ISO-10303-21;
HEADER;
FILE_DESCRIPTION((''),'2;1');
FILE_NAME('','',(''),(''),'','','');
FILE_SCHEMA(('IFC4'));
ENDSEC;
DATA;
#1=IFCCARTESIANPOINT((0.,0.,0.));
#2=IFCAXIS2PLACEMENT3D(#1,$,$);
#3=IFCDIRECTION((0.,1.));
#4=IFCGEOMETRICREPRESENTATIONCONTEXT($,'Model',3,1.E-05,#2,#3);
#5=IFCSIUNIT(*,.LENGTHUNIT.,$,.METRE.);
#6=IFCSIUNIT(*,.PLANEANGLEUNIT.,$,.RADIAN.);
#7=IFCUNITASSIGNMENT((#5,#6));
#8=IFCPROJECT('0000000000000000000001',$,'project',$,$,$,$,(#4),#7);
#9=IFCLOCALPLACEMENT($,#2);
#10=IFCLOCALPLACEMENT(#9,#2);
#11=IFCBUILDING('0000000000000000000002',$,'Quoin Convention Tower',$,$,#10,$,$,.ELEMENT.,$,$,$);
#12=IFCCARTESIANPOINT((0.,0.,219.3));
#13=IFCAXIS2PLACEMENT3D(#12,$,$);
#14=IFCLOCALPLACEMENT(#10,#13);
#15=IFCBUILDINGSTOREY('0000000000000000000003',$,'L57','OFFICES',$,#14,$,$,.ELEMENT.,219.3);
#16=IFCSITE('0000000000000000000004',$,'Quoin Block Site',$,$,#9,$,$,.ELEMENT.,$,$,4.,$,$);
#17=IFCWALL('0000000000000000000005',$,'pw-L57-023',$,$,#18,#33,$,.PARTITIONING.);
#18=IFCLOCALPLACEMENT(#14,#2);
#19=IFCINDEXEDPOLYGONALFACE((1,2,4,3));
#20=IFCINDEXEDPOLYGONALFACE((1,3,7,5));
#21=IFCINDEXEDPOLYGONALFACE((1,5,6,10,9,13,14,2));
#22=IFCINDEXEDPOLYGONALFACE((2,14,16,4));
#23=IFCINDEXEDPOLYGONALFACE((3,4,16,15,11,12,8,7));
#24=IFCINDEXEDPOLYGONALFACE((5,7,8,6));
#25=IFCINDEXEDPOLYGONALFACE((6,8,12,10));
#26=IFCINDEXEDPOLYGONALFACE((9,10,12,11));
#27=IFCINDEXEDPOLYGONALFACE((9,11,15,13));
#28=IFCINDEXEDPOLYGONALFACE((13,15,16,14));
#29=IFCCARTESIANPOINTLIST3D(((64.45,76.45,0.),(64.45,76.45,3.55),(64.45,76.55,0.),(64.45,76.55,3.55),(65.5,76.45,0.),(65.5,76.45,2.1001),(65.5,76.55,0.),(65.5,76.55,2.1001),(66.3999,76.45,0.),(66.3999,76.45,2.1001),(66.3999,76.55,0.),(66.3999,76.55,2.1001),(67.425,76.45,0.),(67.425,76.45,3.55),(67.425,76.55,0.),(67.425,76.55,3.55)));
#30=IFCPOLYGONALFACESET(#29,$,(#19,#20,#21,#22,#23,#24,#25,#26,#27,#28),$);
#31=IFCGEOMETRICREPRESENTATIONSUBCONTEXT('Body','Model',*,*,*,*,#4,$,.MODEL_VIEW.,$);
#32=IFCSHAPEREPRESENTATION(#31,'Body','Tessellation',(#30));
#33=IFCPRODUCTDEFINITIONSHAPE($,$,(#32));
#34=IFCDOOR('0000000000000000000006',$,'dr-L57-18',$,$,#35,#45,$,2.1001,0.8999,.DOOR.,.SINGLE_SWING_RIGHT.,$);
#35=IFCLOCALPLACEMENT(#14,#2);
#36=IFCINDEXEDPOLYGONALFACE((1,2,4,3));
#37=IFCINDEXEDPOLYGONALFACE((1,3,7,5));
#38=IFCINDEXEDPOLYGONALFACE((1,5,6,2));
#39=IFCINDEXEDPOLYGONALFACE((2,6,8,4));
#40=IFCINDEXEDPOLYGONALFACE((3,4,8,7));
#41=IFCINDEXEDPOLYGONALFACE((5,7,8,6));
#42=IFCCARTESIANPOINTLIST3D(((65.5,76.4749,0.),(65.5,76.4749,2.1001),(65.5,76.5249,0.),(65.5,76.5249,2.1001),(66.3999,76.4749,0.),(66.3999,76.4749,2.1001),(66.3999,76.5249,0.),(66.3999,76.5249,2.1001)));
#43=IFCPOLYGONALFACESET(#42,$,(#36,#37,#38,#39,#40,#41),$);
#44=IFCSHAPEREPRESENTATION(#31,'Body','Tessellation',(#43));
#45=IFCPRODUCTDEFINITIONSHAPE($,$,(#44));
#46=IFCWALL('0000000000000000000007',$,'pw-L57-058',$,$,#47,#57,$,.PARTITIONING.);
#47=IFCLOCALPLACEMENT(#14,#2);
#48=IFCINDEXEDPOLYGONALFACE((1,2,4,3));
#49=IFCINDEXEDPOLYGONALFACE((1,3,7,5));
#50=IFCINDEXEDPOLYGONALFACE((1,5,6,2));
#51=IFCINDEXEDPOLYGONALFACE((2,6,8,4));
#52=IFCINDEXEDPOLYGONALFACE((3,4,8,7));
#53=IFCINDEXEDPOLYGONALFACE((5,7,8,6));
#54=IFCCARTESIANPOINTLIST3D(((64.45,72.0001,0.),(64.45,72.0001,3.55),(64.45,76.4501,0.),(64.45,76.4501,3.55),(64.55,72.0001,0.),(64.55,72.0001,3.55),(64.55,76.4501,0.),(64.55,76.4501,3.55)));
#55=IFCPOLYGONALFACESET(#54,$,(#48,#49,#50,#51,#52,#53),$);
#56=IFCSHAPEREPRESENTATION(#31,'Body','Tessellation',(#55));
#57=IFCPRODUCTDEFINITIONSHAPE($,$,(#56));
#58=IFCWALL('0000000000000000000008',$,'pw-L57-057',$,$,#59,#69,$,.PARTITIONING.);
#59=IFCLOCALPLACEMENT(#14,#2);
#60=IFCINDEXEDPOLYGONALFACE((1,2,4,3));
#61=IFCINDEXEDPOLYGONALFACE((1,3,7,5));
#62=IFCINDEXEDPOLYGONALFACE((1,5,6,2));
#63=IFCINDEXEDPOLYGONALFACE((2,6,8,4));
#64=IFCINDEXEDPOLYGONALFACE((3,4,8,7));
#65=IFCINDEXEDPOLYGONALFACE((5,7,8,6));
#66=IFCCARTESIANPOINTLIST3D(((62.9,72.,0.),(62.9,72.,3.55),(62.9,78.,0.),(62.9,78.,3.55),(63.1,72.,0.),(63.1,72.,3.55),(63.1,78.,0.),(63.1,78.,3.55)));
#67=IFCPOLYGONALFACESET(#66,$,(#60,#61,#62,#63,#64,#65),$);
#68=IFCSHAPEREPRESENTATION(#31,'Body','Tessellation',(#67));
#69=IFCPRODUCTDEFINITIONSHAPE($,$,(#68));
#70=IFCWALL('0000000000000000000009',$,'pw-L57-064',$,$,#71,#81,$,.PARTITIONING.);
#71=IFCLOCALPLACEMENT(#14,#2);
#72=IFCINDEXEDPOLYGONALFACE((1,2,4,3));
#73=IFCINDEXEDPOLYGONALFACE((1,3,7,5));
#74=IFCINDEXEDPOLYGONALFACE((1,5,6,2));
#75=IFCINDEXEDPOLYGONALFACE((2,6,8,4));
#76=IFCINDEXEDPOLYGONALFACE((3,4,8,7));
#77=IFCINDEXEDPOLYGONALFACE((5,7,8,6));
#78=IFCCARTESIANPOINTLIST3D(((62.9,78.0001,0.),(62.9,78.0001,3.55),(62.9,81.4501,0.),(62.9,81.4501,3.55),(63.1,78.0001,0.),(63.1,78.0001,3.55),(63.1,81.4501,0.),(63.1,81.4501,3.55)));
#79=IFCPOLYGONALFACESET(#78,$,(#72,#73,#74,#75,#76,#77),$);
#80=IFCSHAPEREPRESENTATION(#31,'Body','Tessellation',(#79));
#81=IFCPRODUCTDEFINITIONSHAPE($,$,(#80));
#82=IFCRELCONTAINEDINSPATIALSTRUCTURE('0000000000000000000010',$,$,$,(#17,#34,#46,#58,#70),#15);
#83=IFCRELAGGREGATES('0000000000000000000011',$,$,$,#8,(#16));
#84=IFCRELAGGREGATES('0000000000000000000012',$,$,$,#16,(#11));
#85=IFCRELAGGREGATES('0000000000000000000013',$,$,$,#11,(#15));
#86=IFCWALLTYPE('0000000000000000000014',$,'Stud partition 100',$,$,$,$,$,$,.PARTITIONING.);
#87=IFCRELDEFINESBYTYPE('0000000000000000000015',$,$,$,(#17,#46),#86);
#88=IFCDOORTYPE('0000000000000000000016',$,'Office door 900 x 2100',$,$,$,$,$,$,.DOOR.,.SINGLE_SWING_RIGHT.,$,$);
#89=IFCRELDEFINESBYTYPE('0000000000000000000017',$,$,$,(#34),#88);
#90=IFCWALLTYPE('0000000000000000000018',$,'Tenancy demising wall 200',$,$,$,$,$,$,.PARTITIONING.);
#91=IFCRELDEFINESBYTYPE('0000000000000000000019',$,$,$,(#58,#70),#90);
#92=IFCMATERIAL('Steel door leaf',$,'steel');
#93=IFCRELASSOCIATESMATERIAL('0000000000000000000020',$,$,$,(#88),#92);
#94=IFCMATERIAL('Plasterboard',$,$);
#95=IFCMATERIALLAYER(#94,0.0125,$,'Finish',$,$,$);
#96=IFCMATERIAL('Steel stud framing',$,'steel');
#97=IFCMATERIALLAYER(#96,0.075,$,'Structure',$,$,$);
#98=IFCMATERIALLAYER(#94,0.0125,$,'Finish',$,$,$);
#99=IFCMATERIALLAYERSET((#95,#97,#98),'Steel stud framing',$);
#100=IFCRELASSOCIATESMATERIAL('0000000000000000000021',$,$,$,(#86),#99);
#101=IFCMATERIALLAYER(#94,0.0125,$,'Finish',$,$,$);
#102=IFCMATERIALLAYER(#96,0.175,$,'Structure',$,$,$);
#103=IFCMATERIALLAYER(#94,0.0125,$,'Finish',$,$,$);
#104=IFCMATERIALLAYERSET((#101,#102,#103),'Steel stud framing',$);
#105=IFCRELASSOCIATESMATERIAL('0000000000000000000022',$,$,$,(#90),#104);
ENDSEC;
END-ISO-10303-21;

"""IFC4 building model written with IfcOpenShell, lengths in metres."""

from ifc_helpers import new_model, si_unit, direction, frame, frame_2d, origin, place, context, subcontext, project, spatial, rectangle, extrude, material, layer, layer_set, type_object, element, fill, save


model = new_model("IFC4")

# Units and contexts
model_context = context("Model", 3, precision=1e-05, world=origin(), true_north=direction((0.0, 1.0)))
body_context = subcontext(model_context, "Body", "Model", "MODEL_VIEW")
ifc_project = project(units=[si_unit("LENGTHUNIT", "METRE"), si_unit("PLANEANGLEUNIT", "RADIAN")], contexts=[model_context])

# Site, building, storey
site_placement = place(None, origin())
site = spatial("IfcSite", under=ifc_project, at=site_placement, Name="Quoin Block Site", CompositionType="ELEMENT", RefElevation=4.0)
building_placement = place(site_placement, origin())
building = spatial("IfcBuilding", under=site, at=building_placement, Name="Quoin Convention Tower", CompositionType="ELEMENT")
storey_placement = place(building_placement, frame((0.0, 0.0, 219.3)))
storey = spatial("IfcBuildingStorey", under=building, at=storey_placement, Name="L57", Description="OFFICES", CompositionType="ELEMENT", Elevation=219.3)

# Shared definitions
ifc_material_1 = material(Name="Plasterboard")
ifc_material_2 = material(Name="Steel stud framing", Category="steel")
ifc_material_3 = material(Name="Steel door leaf", Category="steel")
door_type = type_object("IfcDoorType", Name="Office door 900 x 2100", OperationType="SINGLE_SWING_RIGHT", PredefinedType="DOOR", material=ifc_material_3)

# Wall, opening, door
ifc_layer_1 = layer(ifc_material_1, 0.0125, Name="Finish")
ifc_layer_2 = layer(ifc_material_2, 0.075, Name="Structure")
ifc_layer_3 = layer(ifc_material_1, 0.0125, Name="Finish")
ifc_layer_set_1 = layer_set([ifc_layer_1, ifc_layer_2, ifc_layer_3], Name="Steel stud framing")
wall_type_1 = type_object("IfcWallType", Name="Stud partition 100", PredefinedType="PARTITIONING", material=ifc_layer_set_1)
wall_1_placement = place(storey_placement, frame((64.45, 76.5, 0.0), z_axis=(0.0, 0.0, 1.0), x_axis=(1.0, 0.0, 0.0)))
wall_1 = element("IfcWall", 1, at=wall_1_placement, inside=storey, type_object=wall_type_1, Name="pw-L57-023", PredefinedType="PARTITIONING", context=body_context, shape_type="SweptSolid", body=[
    extrude(rectangle(XDim=2.9751, YDim=0.1001, at=frame_2d((1.4875, 0.0))), origin(), (0.0, 0.0, 1.0), 3.55),
])
opening_1_placement = place(wall_1_placement, frame((1.05, 0.0, 0.0)))
opening_1 = element("IfcOpeningElement", 2, at=opening_1_placement, cuts=wall_1, PredefinedType="OPENING", context=body_context, shape_type="SweptSolid", body=[
    extrude(rectangle(XDim=0.8999, YDim=2.1001, at=frame_2d((0.45, 1.05))), frame((0.0, 0.0601, 0.0), z_axis=(0.0, -1.0, 0.0), x_axis=(1.0, 0.0, 0.0)), (0.0, 0.0, 1.0), 0.1201),
])
door_1_placement = place(opening_1_placement, origin())
door_1 = element("IfcDoor", 3, at=door_1_placement, inside=storey, type_object=door_type, Name="dr-L57-18", OperationType="SINGLE_SWING_RIGHT", OverallHeight=2.1001, OverallWidth=0.8999, PredefinedType="DOOR", context=body_context, shape_type="SweptSolid", body=[
    extrude(rectangle(XDim=0.8999, YDim=2.1001, at=frame_2d((0.45, 1.05))), frame((0.0, 0.0249, 0.0), z_axis=(0.0, -1.0, 0.0), x_axis=(1.0, 0.0, 0.0)), (0.0, 0.0, 1.0), 0.05),
])
fill(opening_1, door_1)

# Walls
wall_2_placement = place(storey_placement, frame((64.5, 72.0, 0.0), z_axis=(0.0, 0.0, 1.0), x_axis=(0.0, 1.0, 0.0)))
element("IfcWall", 4, at=wall_2_placement, inside=storey, type_object=wall_type_1, Name="pw-L57-058", PredefinedType="PARTITIONING", context=body_context, shape_type="SweptSolid", body=[
    extrude(rectangle(XDim=4.45, YDim=0.1001, at=frame_2d((2.2251, 0.0))), origin(), (0.0, 0.0, 1.0), 3.55),
])
ifc_layer_4 = layer(ifc_material_1, 0.0125, Name="Finish")
ifc_layer_5 = layer(ifc_material_2, 0.175, Name="Structure")
ifc_layer_6 = layer(ifc_material_1, 0.0125, Name="Finish")
ifc_layer_set_2 = layer_set([ifc_layer_4, ifc_layer_5, ifc_layer_6], Name="Steel stud framing")
wall_type_2 = type_object("IfcWallType", Name="Tenancy demising wall 200", PredefinedType="PARTITIONING", material=ifc_layer_set_2)
wall_3_placement = place(storey_placement, frame((63.0, 72.0, 0.0), z_axis=(0.0, 0.0, 1.0), x_axis=(0.0, 1.0, 0.0)))
element("IfcWall", 5, at=wall_3_placement, inside=storey, type_object=wall_type_2, Name="pw-L57-057", PredefinedType="PARTITIONING", context=body_context, shape_type="SweptSolid", body=[
    extrude(rectangle(XDim=6.0, YDim=0.2, at=frame_2d((3.0, 0.0))), origin(), (0.0, 0.0, 1.0), 3.55),
])
wall_4_placement = place(storey_placement, frame((63.0, 78.0, 0.0), z_axis=(0.0, 0.0, 1.0), x_axis=(0.0, 1.0, 0.0)))
element("IfcWall", 6, at=wall_4_placement, inside=storey, type_object=wall_type_2, Name="pw-L57-064", PredefinedType="PARTITIONING", context=body_context, shape_type="SweptSolid", body=[
    extrude(rectangle(XDim=3.45, YDim=0.2, at=frame_2d((1.7251, 0.0))), origin(), (0.0, 0.0, 1.0), 3.55),
])

save(model, "model.ifc")
